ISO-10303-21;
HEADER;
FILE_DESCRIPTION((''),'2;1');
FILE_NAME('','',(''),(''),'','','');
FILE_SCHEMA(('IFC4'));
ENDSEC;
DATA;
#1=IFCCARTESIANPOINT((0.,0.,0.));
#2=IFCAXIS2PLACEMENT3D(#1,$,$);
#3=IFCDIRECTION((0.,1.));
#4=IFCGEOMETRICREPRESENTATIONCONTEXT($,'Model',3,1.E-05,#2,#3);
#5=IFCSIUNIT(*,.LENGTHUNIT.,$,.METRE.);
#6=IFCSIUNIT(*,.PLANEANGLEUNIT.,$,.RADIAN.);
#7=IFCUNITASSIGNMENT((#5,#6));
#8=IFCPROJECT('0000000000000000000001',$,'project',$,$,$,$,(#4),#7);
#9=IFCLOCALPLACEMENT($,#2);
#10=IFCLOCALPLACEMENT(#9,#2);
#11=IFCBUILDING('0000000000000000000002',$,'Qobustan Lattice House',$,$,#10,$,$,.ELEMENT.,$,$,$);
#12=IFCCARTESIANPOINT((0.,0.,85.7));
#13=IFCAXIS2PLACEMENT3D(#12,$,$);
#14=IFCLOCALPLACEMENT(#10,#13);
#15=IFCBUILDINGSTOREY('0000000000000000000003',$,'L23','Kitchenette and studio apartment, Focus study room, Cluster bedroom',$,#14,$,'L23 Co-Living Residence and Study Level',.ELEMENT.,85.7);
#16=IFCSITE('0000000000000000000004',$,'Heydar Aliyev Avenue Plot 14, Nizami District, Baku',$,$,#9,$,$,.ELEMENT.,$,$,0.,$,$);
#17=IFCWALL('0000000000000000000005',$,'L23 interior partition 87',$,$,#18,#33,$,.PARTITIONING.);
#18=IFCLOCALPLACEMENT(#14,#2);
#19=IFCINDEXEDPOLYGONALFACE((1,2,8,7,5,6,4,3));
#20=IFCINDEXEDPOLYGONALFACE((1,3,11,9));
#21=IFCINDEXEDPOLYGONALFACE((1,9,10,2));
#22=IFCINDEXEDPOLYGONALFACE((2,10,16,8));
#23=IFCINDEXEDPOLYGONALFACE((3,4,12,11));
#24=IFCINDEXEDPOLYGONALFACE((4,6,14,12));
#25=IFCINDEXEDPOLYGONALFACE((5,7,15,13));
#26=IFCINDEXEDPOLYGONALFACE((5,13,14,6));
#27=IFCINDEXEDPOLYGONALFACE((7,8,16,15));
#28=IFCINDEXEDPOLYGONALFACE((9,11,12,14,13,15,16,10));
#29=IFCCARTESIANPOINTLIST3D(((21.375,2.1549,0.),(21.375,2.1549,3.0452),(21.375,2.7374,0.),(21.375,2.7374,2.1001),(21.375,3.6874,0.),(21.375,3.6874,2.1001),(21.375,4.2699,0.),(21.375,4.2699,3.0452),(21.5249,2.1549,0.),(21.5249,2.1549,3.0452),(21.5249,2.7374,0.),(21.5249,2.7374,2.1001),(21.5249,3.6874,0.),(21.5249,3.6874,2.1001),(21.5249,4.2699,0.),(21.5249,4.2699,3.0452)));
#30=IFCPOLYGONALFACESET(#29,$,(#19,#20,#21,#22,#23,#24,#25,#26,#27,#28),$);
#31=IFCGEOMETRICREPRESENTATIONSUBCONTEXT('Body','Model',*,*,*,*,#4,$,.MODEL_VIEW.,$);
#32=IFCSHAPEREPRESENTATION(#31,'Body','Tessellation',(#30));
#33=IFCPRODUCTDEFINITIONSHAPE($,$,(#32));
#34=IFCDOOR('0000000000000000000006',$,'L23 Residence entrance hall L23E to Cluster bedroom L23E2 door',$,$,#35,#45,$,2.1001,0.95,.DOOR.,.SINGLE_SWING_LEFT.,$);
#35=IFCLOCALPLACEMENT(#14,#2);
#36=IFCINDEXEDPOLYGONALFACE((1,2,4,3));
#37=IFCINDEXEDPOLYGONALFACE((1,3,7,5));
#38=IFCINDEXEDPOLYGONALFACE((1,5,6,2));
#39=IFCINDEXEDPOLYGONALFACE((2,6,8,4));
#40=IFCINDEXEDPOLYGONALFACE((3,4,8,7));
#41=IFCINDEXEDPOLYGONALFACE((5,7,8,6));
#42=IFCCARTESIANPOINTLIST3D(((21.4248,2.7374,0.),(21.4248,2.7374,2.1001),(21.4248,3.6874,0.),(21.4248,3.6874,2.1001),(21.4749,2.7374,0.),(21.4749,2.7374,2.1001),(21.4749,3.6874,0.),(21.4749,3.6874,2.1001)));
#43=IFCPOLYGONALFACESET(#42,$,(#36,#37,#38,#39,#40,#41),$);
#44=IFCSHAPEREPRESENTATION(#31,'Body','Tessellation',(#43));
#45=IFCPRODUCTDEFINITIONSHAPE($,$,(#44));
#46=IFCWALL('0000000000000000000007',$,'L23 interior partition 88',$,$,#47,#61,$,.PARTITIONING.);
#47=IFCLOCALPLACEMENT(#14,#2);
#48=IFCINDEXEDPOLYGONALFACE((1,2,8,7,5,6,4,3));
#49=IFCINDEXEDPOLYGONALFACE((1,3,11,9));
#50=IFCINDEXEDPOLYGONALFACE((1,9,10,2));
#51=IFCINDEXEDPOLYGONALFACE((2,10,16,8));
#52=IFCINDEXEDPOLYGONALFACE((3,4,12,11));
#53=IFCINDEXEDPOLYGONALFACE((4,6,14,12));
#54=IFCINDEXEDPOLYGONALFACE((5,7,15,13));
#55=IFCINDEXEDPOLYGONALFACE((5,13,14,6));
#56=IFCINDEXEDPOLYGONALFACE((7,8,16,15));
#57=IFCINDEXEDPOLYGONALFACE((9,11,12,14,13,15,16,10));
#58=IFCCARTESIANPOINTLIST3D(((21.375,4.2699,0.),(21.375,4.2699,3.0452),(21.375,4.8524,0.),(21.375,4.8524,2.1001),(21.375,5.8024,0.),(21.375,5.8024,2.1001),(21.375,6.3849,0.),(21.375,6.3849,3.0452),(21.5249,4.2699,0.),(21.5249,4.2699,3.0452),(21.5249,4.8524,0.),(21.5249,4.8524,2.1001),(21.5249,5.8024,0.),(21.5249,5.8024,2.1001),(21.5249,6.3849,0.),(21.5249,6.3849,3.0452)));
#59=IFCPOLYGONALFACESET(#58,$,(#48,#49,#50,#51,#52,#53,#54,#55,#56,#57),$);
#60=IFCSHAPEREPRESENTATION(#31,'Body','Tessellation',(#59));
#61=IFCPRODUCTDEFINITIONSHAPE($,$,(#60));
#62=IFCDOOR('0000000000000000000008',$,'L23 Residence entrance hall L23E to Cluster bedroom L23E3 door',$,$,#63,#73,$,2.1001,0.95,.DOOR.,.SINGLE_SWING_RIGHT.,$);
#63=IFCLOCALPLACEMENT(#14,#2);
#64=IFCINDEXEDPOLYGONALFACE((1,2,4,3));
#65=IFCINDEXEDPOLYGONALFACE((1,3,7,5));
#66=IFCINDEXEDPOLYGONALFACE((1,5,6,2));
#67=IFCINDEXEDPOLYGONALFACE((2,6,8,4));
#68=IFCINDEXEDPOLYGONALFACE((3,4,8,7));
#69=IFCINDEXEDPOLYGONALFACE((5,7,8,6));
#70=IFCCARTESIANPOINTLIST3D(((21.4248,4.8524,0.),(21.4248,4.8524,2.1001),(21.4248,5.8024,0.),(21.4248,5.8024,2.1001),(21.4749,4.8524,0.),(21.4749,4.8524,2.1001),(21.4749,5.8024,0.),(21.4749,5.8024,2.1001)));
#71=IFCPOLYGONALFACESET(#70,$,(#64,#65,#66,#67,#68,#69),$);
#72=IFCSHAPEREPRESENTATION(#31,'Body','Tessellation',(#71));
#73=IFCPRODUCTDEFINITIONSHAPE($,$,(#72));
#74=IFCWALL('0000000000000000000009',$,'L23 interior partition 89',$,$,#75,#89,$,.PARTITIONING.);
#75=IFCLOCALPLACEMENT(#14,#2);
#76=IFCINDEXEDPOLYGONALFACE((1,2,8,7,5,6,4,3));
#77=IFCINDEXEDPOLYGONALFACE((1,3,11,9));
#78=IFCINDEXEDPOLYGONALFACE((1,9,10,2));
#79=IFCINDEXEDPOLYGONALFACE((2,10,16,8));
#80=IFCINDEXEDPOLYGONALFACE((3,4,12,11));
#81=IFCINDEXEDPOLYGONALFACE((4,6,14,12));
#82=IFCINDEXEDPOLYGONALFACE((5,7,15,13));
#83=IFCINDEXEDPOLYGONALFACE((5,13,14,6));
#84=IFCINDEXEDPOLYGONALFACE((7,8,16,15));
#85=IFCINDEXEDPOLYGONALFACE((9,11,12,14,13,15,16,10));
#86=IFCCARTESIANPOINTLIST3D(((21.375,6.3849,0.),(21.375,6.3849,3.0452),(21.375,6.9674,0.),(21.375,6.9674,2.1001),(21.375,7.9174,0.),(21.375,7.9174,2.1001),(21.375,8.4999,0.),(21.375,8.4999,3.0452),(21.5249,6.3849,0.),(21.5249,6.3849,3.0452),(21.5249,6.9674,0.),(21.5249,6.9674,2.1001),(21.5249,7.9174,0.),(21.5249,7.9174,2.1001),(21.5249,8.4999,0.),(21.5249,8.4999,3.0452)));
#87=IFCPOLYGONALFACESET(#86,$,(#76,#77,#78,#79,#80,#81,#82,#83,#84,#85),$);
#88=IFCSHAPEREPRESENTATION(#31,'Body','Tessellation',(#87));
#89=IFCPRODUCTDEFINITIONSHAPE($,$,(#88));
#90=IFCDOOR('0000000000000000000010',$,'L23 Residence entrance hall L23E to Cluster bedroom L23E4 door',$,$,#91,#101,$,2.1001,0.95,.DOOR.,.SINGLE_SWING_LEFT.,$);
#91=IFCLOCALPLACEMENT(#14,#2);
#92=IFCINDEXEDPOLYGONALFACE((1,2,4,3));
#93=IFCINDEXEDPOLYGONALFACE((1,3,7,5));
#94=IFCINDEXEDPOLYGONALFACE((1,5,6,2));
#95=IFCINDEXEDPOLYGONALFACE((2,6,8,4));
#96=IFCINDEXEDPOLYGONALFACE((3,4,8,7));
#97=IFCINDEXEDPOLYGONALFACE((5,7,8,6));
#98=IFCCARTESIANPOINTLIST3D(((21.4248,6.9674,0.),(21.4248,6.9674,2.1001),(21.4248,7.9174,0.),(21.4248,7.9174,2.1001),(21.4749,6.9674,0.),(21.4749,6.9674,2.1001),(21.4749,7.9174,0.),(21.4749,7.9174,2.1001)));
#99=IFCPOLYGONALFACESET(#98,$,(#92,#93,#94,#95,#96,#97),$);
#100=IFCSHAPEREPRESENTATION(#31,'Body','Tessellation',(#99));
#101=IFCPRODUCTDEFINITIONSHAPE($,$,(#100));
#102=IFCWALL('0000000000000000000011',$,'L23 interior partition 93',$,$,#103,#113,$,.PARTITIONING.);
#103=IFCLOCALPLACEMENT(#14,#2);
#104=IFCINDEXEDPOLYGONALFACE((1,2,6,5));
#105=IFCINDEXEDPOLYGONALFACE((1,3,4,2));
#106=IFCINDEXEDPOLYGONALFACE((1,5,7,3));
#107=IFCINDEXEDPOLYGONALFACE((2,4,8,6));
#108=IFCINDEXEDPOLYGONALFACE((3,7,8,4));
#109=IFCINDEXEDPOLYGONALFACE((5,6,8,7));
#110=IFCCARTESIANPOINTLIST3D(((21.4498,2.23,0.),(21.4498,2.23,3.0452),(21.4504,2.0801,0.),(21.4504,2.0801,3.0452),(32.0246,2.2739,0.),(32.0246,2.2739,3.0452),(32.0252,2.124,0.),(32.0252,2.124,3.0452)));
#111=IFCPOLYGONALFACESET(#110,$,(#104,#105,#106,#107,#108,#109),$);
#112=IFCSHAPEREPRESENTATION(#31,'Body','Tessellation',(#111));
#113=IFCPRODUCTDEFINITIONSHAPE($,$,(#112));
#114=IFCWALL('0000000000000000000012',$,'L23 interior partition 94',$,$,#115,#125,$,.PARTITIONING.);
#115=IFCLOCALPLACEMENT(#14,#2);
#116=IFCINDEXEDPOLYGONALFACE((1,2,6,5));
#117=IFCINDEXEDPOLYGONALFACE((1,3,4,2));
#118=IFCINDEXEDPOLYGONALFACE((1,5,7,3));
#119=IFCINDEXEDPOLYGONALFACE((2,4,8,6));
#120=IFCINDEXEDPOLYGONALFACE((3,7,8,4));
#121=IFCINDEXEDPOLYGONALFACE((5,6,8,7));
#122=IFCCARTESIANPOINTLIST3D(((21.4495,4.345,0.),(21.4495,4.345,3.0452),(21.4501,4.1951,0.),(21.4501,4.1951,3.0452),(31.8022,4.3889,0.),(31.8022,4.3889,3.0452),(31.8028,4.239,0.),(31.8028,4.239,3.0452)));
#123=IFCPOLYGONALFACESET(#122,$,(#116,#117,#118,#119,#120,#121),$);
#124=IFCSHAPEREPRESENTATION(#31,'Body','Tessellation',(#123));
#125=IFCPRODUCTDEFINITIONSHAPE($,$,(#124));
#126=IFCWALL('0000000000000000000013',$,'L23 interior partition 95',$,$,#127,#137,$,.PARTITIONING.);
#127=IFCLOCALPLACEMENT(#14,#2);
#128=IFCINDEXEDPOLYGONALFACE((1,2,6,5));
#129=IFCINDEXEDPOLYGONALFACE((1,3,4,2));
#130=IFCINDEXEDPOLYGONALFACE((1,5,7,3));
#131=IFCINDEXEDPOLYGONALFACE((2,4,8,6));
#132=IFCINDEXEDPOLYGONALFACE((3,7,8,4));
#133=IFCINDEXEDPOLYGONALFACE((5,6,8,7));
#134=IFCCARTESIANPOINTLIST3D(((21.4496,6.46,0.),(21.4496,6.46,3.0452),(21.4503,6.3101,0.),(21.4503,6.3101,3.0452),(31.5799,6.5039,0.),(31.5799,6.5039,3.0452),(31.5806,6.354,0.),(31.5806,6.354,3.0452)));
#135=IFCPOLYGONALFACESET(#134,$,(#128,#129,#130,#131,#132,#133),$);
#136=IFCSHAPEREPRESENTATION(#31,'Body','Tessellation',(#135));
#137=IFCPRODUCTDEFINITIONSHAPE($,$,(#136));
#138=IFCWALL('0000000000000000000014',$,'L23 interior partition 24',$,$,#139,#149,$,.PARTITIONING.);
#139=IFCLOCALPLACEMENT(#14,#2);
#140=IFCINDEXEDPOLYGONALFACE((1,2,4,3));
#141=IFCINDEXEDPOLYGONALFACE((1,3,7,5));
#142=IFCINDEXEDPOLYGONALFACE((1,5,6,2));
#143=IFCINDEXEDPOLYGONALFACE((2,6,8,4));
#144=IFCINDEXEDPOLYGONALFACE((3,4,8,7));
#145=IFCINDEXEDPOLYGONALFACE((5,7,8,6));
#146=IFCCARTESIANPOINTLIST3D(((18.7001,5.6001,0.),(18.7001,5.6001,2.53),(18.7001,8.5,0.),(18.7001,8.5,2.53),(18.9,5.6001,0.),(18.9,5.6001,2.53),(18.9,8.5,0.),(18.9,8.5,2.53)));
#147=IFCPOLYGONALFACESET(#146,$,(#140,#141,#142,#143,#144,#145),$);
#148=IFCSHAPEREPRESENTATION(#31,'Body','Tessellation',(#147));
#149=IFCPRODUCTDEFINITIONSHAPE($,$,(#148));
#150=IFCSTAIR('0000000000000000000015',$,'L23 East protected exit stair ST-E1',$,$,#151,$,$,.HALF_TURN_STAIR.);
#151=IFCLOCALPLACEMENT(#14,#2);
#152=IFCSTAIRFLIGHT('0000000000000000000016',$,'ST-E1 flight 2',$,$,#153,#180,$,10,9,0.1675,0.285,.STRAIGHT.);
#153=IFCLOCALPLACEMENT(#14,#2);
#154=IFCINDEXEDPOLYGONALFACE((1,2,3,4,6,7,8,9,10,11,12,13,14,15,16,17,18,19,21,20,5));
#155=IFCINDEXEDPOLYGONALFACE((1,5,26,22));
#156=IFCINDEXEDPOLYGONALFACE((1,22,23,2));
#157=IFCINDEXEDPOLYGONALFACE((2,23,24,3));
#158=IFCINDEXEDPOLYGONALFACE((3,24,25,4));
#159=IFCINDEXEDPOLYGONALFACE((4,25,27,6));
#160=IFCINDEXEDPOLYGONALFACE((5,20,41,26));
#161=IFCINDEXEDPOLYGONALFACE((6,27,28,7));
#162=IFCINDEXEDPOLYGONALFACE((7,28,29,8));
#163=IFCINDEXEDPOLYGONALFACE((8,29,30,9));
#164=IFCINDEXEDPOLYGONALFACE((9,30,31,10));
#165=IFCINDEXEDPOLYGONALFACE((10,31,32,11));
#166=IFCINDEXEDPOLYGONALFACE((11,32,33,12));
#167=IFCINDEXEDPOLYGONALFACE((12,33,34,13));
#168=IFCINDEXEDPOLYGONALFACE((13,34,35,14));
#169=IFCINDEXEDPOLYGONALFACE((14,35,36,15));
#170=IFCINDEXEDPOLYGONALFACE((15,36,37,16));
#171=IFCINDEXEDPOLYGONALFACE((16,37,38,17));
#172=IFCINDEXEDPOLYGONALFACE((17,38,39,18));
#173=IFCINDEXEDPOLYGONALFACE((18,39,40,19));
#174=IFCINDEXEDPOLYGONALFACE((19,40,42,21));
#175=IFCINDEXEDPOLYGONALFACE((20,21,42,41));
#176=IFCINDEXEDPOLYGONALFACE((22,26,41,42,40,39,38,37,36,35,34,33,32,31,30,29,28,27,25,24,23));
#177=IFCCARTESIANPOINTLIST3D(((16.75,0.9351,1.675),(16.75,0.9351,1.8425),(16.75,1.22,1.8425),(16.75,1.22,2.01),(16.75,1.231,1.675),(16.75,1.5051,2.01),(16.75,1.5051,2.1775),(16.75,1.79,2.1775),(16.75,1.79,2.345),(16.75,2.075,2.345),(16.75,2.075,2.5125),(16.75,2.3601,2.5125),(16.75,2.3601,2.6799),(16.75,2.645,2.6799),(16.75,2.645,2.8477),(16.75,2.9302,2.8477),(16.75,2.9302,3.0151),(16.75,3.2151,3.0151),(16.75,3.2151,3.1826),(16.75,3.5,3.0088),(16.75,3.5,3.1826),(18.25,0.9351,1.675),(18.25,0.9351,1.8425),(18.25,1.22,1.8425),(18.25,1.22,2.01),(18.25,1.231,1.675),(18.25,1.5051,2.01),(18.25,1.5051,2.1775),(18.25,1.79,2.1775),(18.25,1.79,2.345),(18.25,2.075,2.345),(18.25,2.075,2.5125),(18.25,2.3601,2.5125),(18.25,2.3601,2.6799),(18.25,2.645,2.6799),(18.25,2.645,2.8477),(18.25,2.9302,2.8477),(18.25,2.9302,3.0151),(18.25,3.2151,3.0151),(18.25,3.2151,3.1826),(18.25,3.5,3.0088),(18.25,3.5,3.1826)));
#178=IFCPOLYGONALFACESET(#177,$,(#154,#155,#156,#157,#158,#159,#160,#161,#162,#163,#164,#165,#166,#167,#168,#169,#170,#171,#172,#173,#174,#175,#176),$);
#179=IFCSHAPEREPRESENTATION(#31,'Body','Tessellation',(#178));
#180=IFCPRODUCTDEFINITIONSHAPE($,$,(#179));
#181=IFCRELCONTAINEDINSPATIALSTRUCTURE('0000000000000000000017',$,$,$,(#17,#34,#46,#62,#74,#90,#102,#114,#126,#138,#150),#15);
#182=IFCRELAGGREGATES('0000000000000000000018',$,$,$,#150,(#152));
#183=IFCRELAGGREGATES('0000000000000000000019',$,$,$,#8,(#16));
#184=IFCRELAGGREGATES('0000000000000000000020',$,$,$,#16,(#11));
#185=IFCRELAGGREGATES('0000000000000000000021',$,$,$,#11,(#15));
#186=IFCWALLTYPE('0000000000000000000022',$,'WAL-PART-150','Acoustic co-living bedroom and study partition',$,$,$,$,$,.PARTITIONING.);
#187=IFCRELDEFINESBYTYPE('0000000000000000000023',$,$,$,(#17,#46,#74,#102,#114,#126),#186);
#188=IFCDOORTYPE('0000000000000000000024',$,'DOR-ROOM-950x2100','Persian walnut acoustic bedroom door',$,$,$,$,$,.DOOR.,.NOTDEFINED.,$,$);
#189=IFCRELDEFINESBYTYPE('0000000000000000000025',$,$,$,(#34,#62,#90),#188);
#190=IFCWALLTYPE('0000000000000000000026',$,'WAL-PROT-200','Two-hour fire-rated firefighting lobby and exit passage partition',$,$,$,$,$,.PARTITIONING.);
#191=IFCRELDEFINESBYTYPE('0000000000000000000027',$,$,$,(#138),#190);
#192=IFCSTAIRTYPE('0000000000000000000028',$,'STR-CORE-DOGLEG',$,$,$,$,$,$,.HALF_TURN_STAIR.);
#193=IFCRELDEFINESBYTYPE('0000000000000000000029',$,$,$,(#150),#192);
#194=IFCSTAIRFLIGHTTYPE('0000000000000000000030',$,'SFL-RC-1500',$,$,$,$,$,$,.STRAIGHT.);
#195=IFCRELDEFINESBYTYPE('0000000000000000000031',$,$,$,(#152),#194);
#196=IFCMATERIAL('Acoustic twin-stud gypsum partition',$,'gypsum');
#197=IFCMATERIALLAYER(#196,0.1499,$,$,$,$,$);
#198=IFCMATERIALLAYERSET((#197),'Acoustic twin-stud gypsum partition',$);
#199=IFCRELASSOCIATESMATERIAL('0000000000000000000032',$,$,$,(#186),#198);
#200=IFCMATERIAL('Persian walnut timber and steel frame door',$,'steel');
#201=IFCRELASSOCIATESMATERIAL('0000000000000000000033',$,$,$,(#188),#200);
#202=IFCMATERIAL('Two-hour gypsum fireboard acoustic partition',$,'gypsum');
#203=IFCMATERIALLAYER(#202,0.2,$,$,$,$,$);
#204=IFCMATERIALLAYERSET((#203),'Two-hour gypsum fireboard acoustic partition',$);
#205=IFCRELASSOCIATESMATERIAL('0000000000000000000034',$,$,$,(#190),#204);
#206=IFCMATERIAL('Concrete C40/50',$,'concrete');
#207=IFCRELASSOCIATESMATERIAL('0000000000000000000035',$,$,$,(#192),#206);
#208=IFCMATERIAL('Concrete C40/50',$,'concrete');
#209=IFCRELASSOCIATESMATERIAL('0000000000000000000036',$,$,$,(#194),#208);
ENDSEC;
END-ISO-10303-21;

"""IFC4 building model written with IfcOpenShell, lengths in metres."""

from ifc_helpers import new_model, si_unit, direction, frame, frame_2d, origin, place, context, subcontext, project, spatial, polyline, rectangle, outline, extrude, material, layer, layer_set, type_object, element, fill, aggregate, save


model = new_model("IFC4")

# Units and contexts
model_context = context("Model", 3, precision=1e-05, world=origin(), true_north=direction((0.0, 1.0)))
body_context = subcontext(model_context, "Body", "Model", "MODEL_VIEW")
ifc_project = project(units=[si_unit("LENGTHUNIT", "METRE"), si_unit("PLANEANGLEUNIT", "RADIAN")], contexts=[model_context])

# Site, building, storey
site_placement = place(None, origin())
site = spatial("IfcSite", under=ifc_project, at=site_placement, Name="Heydar Aliyev Avenue Plot 14, Nizami District, Baku", CompositionType="ELEMENT", RefElevation=0.0)
building_placement = place(site_placement, origin())
building = spatial("IfcBuilding", under=site, at=building_placement, Name="Qobustan Lattice House", CompositionType="ELEMENT")
storey_placement = place(building_placement, frame((0.0, 0.0, 85.7)))
storey = spatial("IfcBuildingStorey", under=building, at=storey_placement, Name="L23", Description="Kitchenette and studio apartment, Focus study room, Cluster bedroom", LongName="L23 Co-Living Residence and Study Level", CompositionType="ELEMENT", Elevation=85.7)

# Shared definitions
ifc_material_1 = material(Name="Acoustic twin-stud gypsum partition", Category="gypsum")
ifc_layer_1 = layer(ifc_material_1, 0.1499)
ifc_layer_set_1 = layer_set([ifc_layer_1], Name="Acoustic twin-stud gypsum partition")
wall_type_1 = type_object("IfcWallType", Name="WAL-PART-150", Description="Acoustic co-living bedroom and study partition", PredefinedType="PARTITIONING", material=ifc_layer_set_1)

# Walls, openings, doors
ifc_material_2 = material(Name="Persian walnut timber and steel frame door", Category="steel")
door_type_1 = type_object("IfcDoorType", Name="DOR-ROOM-950x2100", Description="Persian walnut acoustic bedroom door", OperationType="NOTDEFINED", PredefinedType="DOOR", material=ifc_material_2)
wall_1_placement = place(storey_placement, frame((21.45, 4.27, 0.0), z_axis=(0.0, 0.0, 1.0), x_axis=(0.0, -1.0, 0.0)))
wall_1 = element("IfcWall", 1, at=wall_1_placement, inside=storey, type_object=wall_type_1, Name="L23 interior partition 87", PredefinedType="PARTITIONING", context=body_context, shape_type="SweptSolid", body=[
    extrude(rectangle(XDim=2.115, YDim=0.1499, at=frame_2d((1.0576, 0.0))), origin(), (0.0, 0.0, 1.0), 3.0452),
])
opening_1_placement = place(wall_1_placement, frame((0.5825, 0.0, 0.0)))
opening_1 = element("IfcOpeningElement", 2, at=opening_1_placement, cuts=wall_1, PredefinedType="OPENING", context=body_context, shape_type="SweptSolid", body=[
    extrude(rectangle(XDim=0.95, YDim=2.1001, at=frame_2d((0.4751, 1.05))), frame((0.0, 0.085, 0.0), z_axis=(0.0, -1.0, 0.0), x_axis=(1.0, 0.0, 0.0)), (0.0, 0.0, 1.0), 0.1699),
])
door_1_placement = place(opening_1_placement, origin())
door_1 = element("IfcDoor", 3, at=door_1_placement, inside=storey, type_object=door_type_1, Name="L23 Residence entrance hall L23E to Cluster bedroom L23E2 door", OperationType="SINGLE_SWING_LEFT", OverallHeight=2.1001, OverallWidth=0.95, PredefinedType="DOOR", context=body_context, shape_type="SweptSolid", body=[
    extrude(rectangle(XDim=0.95, YDim=2.1001, at=frame_2d((0.4751, 1.05))), frame((0.0, 0.0249, 0.0), z_axis=(0.0, -1.0, 0.0), x_axis=(1.0, 0.0, 0.0)), (0.0, 0.0, 1.0), 0.05),
])
fill(opening_1, door_1)
wall_2_placement = place(storey_placement, frame((21.45, 6.385, 0.0), z_axis=(0.0, 0.0, 1.0), x_axis=(0.0, -1.0, 0.0)))
wall_2 = element("IfcWall", 4, at=wall_2_placement, inside=storey, type_object=wall_type_1, Name="L23 interior partition 88", PredefinedType="PARTITIONING", context=body_context, shape_type="SweptSolid", body=[
    extrude(rectangle(XDim=2.115, YDim=0.1499, at=frame_2d((1.0576, 0.0))), origin(), (0.0, 0.0, 1.0), 3.0452),
])
opening_2_placement = place(wall_2_placement, frame((0.5825, 0.0, 0.0)))
opening_2 = element("IfcOpeningElement", 5, at=opening_2_placement, cuts=wall_2, PredefinedType="OPENING", context=body_context, shape_type="SweptSolid", body=[
    extrude(rectangle(XDim=0.95, YDim=2.1001, at=frame_2d((0.4751, 1.05))), frame((0.0, 0.085, 0.0), z_axis=(0.0, -1.0, 0.0), x_axis=(1.0, 0.0, 0.0)), (0.0, 0.0, 1.0), 0.1699),
])
door_2_placement = place(opening_2_placement, origin())
door_2 = element("IfcDoor", 6, at=door_2_placement, inside=storey, type_object=door_type_1, Name="L23 Residence entrance hall L23E to Cluster bedroom L23E3 door", OperationType="SINGLE_SWING_RIGHT", OverallHeight=2.1001, OverallWidth=0.95, PredefinedType="DOOR", context=body_context, shape_type="SweptSolid", body=[
    extrude(rectangle(XDim=0.95, YDim=2.1001, at=frame_2d((0.4751, 1.05))), frame((0.0, 0.0249, 0.0), z_axis=(0.0, -1.0, 0.0), x_axis=(1.0, 0.0, 0.0)), (0.0, 0.0, 1.0), 0.05),
])
fill(opening_2, door_2)
wall_3_placement = place(storey_placement, frame((21.45, 8.5, 0.0), z_axis=(0.0, 0.0, 1.0), x_axis=(0.0, -1.0, 0.0)))
wall_3 = element("IfcWall", 7, at=wall_3_placement, inside=storey, type_object=wall_type_1, Name="L23 interior partition 89", PredefinedType="PARTITIONING", context=body_context, shape_type="SweptSolid", body=[
    extrude(rectangle(XDim=2.115, YDim=0.1499, at=frame_2d((1.0576, 0.0))), origin(), (0.0, 0.0, 1.0), 3.0452),
])
opening_3_placement = place(wall_3_placement, frame((0.5825, 0.0, 0.0)))
opening_3 = element("IfcOpeningElement", 8, at=opening_3_placement, cuts=wall_3, PredefinedType="OPENING", context=body_context, shape_type="SweptSolid", body=[
    extrude(rectangle(XDim=0.95, YDim=2.1001, at=frame_2d((0.4751, 1.05))), frame((0.0, 0.085, 0.0), z_axis=(0.0, -1.0, 0.0), x_axis=(1.0, 0.0, 0.0)), (0.0, 0.0, 1.0), 0.1699),
])
door_3_placement = place(opening_3_placement, origin())
door_3 = element("IfcDoor", 9, at=door_3_placement, inside=storey, type_object=door_type_1, Name="L23 Residence entrance hall L23E to Cluster bedroom L23E4 door", OperationType="SINGLE_SWING_LEFT", OverallHeight=2.1001, OverallWidth=0.95, PredefinedType="DOOR", context=body_context, shape_type="SweptSolid", body=[
    extrude(rectangle(XDim=0.95, YDim=2.1001, at=frame_2d((0.4751, 1.05))), frame((0.0, 0.0249, 0.0), z_axis=(0.0, -1.0, 0.0), x_axis=(1.0, 0.0, 0.0)), (0.0, 0.0, 1.0), 0.05),
])
fill(opening_3, door_3)

# Walls
wall_4_placement = place(storey_placement, frame((21.45, 2.155, 0.0), z_axis=(0.0, 0.0, 1.0), x_axis=(0.999991, 0.004156, 0.0)))
element("IfcWall", 10, at=wall_4_placement, inside=storey, type_object=wall_type_1, Name="L23 interior partition 93", PredefinedType="PARTITIONING", context=body_context, shape_type="SweptSolid", body=[
    extrude(rectangle(XDim=10.575, YDim=0.1499, at=frame_2d((5.2876, 0.0))), origin(), (0.0, 0.0, 1.0), 3.0452),
])
wall_5_placement = place(storey_placement, frame((21.45, 4.27, 0.0), z_axis=(0.0, 0.0, 1.0), x_axis=(0.999991, 0.004245, 0.0)))
element("IfcWall", 11, at=wall_5_placement, inside=storey, type_object=wall_type_1, Name="L23 interior partition 94", PredefinedType="PARTITIONING", context=body_context, shape_type="SweptSolid", body=[
    extrude(rectangle(XDim=10.3528, YDim=0.1499, at=frame_2d((5.1763, 0.0))), origin(), (0.0, 0.0, 1.0), 3.0452),
])
wall_6_placement = place(storey_placement, frame((21.45, 6.385, 0.0), z_axis=(0.0, 0.0, 1.0), x_axis=(0.999991, 0.004338, 0.0)))
element("IfcWall", 12, at=wall_6_placement, inside=storey, type_object=wall_type_1, Name="L23 interior partition 95", PredefinedType="PARTITIONING", context=body_context, shape_type="SweptSolid", body=[
    extrude(rectangle(XDim=10.1304, YDim=0.1499, at=frame_2d((5.0652, 0.0))), origin(), (0.0, 0.0, 1.0), 3.0452),
])

# Shared definitions
ifc_material_3 = material(Name="Two-hour gypsum fireboard acoustic partition", Category="gypsum")
ifc_layer_2 = layer(ifc_material_3, 0.2)
ifc_layer_set_2 = layer_set([ifc_layer_2], Name="Two-hour gypsum fireboard acoustic partition")
wall_type_2 = type_object("IfcWallType", Name="WAL-PROT-200", Description="Two-hour fire-rated firefighting lobby and exit passage partition", PredefinedType="PARTITIONING", material=ifc_layer_set_2)

# Wall
wall_7_placement = place(storey_placement, frame((18.8, 5.6001, 0.0), z_axis=(0.0, 0.0, 1.0), x_axis=(0.0, 1.0, 0.0)))
element("IfcWall", 13, at=wall_7_placement, inside=storey, type_object=wall_type_2, Name="L23 interior partition 24", PredefinedType="PARTITIONING", context=body_context, shape_type="SweptSolid", body=[
    extrude(rectangle(XDim=2.8999, YDim=0.2, at=frame_2d((1.45, 0.0))), origin(), (0.0, 0.0, 1.0), 2.53),
])

# Stair, stair flight
ifc_material_4 = material(Name="Concrete C40/50", Category="concrete")
stair_type = type_object("IfcStairType", Name="STR-CORE-DOGLEG", PredefinedType="HALF_TURN_STAIR", material=ifc_material_4)
stair_placement = place(storey_placement, origin())
stair = element("IfcStair", 14, at=stair_placement, inside=storey, type_object=stair_type, Name="L23 East protected exit stair ST-E1", PredefinedType="HALF_TURN_STAIR")
ifc_material_5 = material(Name="Concrete C40/50", Category="concrete")
stair_flight_type = type_object("IfcStairFlightType", Name="SFL-RC-1500", PredefinedType="STRAIGHT", material=ifc_material_5)
stair_flight_placement = place(storey_placement, frame((17.5, 0.9351, 1.675), z_axis=(0.0, 0.0, 1.0), x_axis=(0.0, 1.0, 0.0)))
stair_flight = element("IfcStairFlight", 15, at=stair_flight_placement, type_object=stair_flight_type, Name="ST-E1 flight 2", NumberOfRisers=10, NumberOfTreads=9, PredefinedType="STRAIGHT", RiserHeight=0.1675, TreadLength=0.285, context=body_context, shape_type="SweptSolid", body=[
    extrude(outline(polyline([(0.0, 0.0), (0.0, 0.1675), (0.2849, 0.1675), (0.2849, 0.335), (0.5701, 0.335), (0.5701, 0.5024), (0.855, 0.5024), (0.855, 0.6699), (1.1399, 0.6699), (1.1399, 0.8374), (1.425, 0.8374), (1.425, 1.0049), (1.71, 1.0049), (1.71, 1.1726), (1.9951, 1.1726), (1.9951, 1.3401), (2.28, 1.3401), (2.28, 1.5076), (2.5649, 1.5076), (2.5649, 1.675), (2.5649, 1.3337), (0.2959, 0.0), (0.0, 0.0)])), frame((0.0, 0.75, 0.0), z_axis=(0.0, -1.0, 0.0), x_axis=(1.0, 0.0, 0.0)), (0.0, 0.0, 1.0), 1.5),
])
aggregate(stair, [stair_flight])

save(model, "model.ifc")
